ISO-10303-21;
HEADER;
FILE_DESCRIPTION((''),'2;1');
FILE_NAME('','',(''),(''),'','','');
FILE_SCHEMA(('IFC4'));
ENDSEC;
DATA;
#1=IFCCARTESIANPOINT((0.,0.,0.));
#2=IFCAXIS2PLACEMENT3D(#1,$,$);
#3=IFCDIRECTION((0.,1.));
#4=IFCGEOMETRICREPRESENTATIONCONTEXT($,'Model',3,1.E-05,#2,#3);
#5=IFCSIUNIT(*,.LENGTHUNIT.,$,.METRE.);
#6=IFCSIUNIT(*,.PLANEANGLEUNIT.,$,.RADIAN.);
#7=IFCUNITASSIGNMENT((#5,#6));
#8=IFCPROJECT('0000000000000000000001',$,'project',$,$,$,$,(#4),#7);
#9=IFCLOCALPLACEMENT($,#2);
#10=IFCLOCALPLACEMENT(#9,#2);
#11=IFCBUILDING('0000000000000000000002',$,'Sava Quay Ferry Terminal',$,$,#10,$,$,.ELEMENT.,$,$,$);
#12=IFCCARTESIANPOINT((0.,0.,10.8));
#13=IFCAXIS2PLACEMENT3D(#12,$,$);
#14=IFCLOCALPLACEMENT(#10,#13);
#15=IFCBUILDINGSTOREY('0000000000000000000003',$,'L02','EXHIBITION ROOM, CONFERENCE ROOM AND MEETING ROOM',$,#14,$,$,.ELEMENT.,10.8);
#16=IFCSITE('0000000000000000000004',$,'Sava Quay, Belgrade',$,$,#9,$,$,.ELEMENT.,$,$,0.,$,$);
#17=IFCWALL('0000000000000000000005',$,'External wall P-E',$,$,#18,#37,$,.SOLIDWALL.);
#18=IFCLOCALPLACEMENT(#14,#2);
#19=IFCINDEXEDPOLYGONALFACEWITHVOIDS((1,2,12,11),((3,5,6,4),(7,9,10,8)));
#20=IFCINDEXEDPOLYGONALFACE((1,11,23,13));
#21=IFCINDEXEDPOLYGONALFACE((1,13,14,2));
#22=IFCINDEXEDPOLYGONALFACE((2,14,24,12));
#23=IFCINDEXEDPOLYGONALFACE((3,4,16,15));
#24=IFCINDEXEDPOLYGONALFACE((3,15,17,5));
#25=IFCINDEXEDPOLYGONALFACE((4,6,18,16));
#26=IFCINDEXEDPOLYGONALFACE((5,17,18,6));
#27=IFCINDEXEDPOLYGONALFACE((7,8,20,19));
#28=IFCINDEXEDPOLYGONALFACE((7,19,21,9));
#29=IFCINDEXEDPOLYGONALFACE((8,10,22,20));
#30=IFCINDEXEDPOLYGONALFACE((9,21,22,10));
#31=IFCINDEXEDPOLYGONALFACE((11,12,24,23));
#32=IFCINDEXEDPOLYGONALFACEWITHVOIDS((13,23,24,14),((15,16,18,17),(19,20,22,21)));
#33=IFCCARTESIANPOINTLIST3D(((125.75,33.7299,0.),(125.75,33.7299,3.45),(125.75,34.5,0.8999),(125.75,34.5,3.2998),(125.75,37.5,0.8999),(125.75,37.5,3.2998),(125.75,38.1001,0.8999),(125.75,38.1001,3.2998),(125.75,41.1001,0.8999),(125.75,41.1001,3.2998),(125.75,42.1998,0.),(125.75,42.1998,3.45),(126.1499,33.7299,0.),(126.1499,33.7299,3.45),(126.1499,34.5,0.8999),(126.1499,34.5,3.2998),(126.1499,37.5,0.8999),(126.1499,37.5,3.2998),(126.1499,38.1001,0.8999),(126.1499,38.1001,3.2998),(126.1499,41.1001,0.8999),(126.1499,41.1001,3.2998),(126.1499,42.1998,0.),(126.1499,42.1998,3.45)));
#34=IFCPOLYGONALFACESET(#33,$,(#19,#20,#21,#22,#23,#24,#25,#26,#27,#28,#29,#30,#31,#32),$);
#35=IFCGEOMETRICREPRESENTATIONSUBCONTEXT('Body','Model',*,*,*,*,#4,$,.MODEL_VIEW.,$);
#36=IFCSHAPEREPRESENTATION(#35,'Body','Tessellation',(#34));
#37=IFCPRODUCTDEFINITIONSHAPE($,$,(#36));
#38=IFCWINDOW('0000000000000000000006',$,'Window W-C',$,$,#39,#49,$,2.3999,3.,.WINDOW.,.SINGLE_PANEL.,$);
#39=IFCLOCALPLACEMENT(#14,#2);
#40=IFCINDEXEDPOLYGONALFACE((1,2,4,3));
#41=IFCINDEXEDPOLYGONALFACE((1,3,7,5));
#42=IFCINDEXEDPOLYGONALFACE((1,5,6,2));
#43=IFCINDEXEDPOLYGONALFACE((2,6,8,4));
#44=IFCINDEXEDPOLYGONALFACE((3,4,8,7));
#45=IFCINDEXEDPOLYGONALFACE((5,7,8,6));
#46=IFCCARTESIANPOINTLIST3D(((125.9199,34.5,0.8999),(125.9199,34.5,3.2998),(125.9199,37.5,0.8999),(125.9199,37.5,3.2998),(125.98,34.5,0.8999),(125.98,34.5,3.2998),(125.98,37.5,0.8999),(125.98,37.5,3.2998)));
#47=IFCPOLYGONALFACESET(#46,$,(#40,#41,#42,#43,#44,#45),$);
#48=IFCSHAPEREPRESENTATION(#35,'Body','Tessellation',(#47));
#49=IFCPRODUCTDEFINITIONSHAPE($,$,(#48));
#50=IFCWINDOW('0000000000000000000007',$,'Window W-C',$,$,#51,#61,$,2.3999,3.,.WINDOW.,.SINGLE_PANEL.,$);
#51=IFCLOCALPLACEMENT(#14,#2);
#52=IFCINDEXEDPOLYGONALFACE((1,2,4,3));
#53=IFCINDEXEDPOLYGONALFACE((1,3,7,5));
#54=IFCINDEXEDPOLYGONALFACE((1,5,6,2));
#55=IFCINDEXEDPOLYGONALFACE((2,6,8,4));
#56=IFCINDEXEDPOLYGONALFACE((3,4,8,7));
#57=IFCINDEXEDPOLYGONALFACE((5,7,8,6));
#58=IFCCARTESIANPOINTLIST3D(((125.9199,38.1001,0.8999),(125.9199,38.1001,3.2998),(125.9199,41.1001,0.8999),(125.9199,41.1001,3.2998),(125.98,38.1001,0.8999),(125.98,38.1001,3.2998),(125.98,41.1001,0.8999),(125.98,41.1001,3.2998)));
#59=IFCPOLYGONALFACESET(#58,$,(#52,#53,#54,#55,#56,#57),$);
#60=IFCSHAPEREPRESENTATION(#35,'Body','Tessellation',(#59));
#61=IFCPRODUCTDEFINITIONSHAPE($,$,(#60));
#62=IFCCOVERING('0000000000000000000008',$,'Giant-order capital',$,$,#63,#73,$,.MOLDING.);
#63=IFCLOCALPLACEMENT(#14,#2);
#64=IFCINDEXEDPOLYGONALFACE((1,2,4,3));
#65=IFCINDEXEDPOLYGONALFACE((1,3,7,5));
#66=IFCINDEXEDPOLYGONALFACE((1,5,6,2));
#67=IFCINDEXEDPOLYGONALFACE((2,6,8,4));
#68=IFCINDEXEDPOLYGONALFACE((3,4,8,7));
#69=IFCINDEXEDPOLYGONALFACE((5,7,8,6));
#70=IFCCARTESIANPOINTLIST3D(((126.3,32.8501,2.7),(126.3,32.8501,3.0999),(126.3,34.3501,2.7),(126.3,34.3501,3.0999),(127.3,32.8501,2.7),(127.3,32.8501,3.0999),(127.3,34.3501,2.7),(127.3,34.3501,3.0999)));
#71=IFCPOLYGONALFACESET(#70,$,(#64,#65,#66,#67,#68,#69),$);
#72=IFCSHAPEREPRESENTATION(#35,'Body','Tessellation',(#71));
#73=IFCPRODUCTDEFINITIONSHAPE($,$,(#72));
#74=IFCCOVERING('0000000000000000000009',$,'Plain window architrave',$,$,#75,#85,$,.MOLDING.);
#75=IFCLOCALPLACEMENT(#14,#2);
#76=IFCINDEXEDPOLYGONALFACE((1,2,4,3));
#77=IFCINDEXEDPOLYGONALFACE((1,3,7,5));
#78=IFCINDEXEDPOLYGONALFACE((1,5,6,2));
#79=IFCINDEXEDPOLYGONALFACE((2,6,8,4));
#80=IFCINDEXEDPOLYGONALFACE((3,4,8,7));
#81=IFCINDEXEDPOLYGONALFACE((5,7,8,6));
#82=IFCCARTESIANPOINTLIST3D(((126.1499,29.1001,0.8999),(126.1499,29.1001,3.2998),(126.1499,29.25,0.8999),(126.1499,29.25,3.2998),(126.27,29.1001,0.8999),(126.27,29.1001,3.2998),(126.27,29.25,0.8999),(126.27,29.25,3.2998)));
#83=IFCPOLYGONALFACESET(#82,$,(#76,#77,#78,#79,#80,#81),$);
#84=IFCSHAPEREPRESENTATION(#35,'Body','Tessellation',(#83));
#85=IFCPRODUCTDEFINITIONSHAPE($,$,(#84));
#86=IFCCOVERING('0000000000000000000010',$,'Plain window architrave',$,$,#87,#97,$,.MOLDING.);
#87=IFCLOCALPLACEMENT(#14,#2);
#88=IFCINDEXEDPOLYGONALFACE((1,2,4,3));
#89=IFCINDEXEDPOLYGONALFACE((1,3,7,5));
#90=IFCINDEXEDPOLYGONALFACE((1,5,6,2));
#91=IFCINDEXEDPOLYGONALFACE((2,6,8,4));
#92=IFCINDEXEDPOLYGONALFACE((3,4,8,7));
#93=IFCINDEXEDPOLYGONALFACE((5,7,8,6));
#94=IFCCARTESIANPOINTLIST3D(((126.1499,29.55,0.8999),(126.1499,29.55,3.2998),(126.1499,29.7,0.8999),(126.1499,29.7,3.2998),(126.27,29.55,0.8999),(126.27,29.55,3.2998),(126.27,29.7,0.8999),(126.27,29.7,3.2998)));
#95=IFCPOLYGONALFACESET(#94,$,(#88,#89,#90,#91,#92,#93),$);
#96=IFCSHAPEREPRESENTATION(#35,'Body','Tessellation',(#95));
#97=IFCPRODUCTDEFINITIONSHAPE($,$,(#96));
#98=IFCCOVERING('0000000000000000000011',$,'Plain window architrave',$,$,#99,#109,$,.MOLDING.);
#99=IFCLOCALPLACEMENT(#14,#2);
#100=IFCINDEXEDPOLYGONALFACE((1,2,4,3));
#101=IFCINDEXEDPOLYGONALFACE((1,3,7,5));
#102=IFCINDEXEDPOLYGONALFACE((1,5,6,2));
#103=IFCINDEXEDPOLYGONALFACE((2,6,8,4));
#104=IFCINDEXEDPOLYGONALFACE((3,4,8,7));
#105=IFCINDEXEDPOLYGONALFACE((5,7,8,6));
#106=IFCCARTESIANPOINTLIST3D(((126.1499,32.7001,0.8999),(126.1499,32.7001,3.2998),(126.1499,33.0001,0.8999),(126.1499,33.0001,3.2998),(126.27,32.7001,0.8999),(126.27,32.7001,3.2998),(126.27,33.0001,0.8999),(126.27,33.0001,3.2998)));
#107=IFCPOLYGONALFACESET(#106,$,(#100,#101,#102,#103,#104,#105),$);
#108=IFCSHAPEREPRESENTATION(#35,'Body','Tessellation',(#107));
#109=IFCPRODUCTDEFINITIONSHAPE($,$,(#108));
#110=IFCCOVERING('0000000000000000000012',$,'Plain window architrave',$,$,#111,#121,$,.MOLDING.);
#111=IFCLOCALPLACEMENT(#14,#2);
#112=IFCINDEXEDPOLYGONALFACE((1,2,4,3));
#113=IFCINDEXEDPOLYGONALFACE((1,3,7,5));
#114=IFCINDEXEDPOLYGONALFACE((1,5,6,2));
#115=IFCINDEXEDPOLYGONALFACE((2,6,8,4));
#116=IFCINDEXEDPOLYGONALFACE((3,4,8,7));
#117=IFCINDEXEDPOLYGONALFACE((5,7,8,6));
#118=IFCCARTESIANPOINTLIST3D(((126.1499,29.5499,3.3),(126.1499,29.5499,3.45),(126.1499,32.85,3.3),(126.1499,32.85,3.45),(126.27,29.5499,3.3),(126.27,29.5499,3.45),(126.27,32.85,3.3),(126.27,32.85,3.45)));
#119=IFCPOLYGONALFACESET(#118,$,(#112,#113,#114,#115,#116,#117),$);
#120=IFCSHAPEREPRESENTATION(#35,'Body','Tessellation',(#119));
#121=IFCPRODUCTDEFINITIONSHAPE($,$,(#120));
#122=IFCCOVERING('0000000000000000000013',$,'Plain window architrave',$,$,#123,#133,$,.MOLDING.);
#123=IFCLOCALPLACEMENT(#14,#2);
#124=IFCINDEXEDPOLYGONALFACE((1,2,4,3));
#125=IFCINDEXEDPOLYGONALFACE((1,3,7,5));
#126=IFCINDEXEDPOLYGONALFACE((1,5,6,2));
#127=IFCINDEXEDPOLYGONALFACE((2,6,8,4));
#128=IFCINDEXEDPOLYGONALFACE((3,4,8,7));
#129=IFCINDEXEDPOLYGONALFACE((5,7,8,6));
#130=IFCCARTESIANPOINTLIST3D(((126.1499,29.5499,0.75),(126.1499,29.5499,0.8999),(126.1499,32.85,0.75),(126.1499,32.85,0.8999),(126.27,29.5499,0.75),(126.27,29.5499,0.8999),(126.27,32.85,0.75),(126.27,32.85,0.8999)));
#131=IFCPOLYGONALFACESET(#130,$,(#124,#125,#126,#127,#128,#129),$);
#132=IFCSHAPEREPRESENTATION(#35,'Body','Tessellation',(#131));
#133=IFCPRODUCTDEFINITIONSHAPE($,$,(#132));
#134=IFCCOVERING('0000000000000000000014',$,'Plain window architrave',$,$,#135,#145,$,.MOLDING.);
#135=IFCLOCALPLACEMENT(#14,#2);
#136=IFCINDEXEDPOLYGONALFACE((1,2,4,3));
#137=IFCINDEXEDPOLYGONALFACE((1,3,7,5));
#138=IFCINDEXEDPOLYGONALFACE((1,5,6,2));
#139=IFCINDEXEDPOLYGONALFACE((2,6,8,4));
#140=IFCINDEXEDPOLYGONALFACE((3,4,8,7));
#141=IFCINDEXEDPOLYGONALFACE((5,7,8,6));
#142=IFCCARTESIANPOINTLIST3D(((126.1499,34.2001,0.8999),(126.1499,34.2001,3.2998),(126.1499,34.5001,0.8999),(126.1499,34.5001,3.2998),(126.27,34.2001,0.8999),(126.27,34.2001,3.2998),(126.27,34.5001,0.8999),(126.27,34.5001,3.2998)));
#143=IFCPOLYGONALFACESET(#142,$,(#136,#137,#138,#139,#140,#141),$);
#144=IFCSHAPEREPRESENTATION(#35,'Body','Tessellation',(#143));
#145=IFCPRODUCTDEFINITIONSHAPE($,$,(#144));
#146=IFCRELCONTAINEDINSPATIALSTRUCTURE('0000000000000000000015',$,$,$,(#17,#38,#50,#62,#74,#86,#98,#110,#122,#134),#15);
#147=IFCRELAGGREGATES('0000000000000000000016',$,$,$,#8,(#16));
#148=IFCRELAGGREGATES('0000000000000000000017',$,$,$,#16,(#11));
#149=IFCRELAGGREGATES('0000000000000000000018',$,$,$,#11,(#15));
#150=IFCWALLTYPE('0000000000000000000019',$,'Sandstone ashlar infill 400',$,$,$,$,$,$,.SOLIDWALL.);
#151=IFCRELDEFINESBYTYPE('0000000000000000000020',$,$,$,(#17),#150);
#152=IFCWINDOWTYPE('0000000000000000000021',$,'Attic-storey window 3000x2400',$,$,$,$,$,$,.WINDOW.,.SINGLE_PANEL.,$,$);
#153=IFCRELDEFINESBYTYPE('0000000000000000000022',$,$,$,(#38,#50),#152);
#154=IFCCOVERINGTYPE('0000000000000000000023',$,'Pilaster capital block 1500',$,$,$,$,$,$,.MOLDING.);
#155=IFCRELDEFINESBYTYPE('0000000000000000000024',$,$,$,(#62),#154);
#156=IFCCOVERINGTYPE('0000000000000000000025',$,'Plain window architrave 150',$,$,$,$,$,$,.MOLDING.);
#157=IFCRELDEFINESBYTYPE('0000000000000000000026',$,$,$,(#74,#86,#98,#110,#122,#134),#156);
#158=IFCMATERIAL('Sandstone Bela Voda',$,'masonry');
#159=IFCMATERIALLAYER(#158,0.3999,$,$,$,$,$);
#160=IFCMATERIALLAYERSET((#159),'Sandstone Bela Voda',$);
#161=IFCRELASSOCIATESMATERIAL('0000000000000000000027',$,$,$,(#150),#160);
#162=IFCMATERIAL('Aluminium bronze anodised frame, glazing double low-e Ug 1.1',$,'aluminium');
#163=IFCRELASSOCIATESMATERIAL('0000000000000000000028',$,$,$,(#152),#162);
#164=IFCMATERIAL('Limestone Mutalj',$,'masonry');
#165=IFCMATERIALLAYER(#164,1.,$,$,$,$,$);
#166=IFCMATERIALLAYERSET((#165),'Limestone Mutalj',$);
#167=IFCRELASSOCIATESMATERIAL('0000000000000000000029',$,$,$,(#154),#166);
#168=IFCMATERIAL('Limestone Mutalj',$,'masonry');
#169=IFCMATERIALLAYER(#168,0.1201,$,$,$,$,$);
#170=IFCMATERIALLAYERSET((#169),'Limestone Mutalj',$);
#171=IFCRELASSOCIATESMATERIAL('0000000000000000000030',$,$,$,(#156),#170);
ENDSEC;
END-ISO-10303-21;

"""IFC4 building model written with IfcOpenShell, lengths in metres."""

from ifc_helpers import new_model, si_unit, direction, frame, frame_2d, origin, origin_2d, place, context, subcontext, project, spatial, rectangle, extrude, material, layer, layer_set, type_object, element, fill, save


model = new_model("IFC4")

# Units and contexts
model_context = context("Model", 3, precision=1e-05, world=origin(), true_north=direction((0.0, 1.0)))
body_context = subcontext(model_context, "Body", "Model", "MODEL_VIEW")
ifc_project = project(units=[si_unit("LENGTHUNIT", "METRE"), si_unit("PLANEANGLEUNIT", "RADIAN")], contexts=[model_context])

# Site, building, storey
site_placement = place(None, origin())
site = spatial("IfcSite", under=ifc_project, at=site_placement, Name="Sava Quay, Belgrade", CompositionType="ELEMENT", RefElevation=0.0)
building_placement = place(site_placement, origin())
building = spatial("IfcBuilding", under=site, at=building_placement, Name="Sava Quay Ferry Terminal", CompositionType="ELEMENT")
storey_placement = place(building_placement, frame((0.0, 0.0, 10.8)))
storey = spatial("IfcBuildingStorey", under=building, at=storey_placement, Name="L02", Description="EXHIBITION ROOM, CONFERENCE ROOM AND MEETING ROOM", CompositionType="ELEMENT", Elevation=10.8)

# Wall, openings, windows
ifc_material_1 = material(Name="Sandstone Bela Voda", Category="masonry")
ifc_layer_1 = layer(ifc_material_1, 0.3999)
ifc_layer_set_1 = layer_set([ifc_layer_1], Name="Sandstone Bela Voda")
wall_type_1 = type_object("IfcWallType", Name="Sandstone ashlar infill 400", PredefinedType="SOLIDWALL", material=ifc_layer_set_1)
wall_1_placement = place(storey_placement, frame((125.95, 33.73, 0.0), z_axis=(0.0, 0.0, 1.0), x_axis=(0.0, 1.0, 0.0)))
wall_1 = element("IfcWall", 1, at=wall_1_placement, inside=storey, type_object=wall_type_1, Name="External wall P-E", PredefinedType="SOLIDWALL", context=body_context, shape_type="SweptSolid", body=[
    extrude(rectangle(XDim=8.47, YDim=0.3999, at=frame_2d((4.2349, 0.0))), origin(), (0.0, 0.0, 1.0), 3.45),
])
opening_1_placement = place(wall_1_placement, frame((0.77, 0.0, 0.8999)))
opening_1 = element("IfcOpeningElement", 2, at=opening_1_placement, cuts=wall_1, PredefinedType="OPENING", context=body_context, shape_type="SweptSolid", body=[
    extrude(rectangle(XDim=3.0, YDim=2.3999, at=frame_2d((1.5, 1.2))), frame((0.0, 0.2, 0.0), z_axis=(0.0, -1.0, 0.0), x_axis=(1.0, 0.0, 0.0)), (0.0, 0.0, 1.0), 0.3999),
])
opening_2_placement = place(wall_1_placement, frame((4.3701, 0.0, 0.8999)))
opening_2 = element("IfcOpeningElement", 3, at=opening_2_placement, cuts=wall_1, PredefinedType="OPENING", context=body_context, shape_type="SweptSolid", body=[
    extrude(rectangle(XDim=3.0, YDim=2.3999, at=frame_2d((1.5, 1.2))), frame((0.0, 0.2, 0.0), z_axis=(0.0, -1.0, 0.0), x_axis=(1.0, 0.0, 0.0)), (0.0, 0.0, 1.0), 0.3999),
])
ifc_material_2 = material(Name="Aluminium bronze anodised frame, glazing double low-e Ug 1.1", Category="aluminium")
window_type = type_object("IfcWindowType", Name="Attic-storey window 3000x2400", PartitioningType="SINGLE_PANEL", PredefinedType="WINDOW", material=ifc_material_2)
window_1_placement = place(opening_1_placement, origin())
window_1 = element("IfcWindow", 4, at=window_1_placement, inside=storey, type_object=window_type, Name="Window W-C", OverallHeight=2.3999, OverallWidth=3.0, PartitioningType="SINGLE_PANEL", PredefinedType="WINDOW", context=body_context, shape_type="SweptSolid", body=[
    extrude(rectangle(XDim=3.0, YDim=2.3999, at=frame_2d((1.5, 1.2))), frame((0.0, 0.03, 0.0), z_axis=(0.0, -1.0, 0.0), x_axis=(1.0, 0.0, 0.0)), (0.0, 0.0, 1.0), 0.0601),
])
fill(opening_1, window_1)
window_2_placement = place(opening_2_placement, origin())
window_2 = element("IfcWindow", 5, at=window_2_placement, inside=storey, type_object=window_type, Name="Window W-C", OverallHeight=2.3999, OverallWidth=3.0, PartitioningType="SINGLE_PANEL", PredefinedType="WINDOW", context=body_context, shape_type="SweptSolid", body=[
    extrude(rectangle(XDim=3.0, YDim=2.3999, at=frame_2d((1.5, 1.2))), frame((0.0, 0.03, 0.0), z_axis=(0.0, -1.0, 0.0), x_axis=(1.0, 0.0, 0.0)), (0.0, 0.0, 1.0), 0.0601),
])
fill(opening_2, window_2)

# Coverings
ifc_material_3 = material(Name="Limestone Mutalj", Category="masonry")
ifc_layer_2 = layer(ifc_material_3, 1.0)
ifc_layer_set_2 = layer_set([ifc_layer_2], Name="Limestone Mutalj")
covering_type_1 = type_object("IfcCoveringType", Name="Pilaster capital block 1500", PredefinedType="MOLDING", material=ifc_layer_set_2)
covering_1_placement = place(storey_placement, frame((126.8, 33.6001, 2.7), z_axis=(0.0, 0.0, 1.0), x_axis=(1.0, 0.0, 0.0)))
element("IfcCovering", 6, at=covering_1_placement, inside=storey, type_object=covering_type_1, Name="Giant-order capital", PredefinedType="MOLDING", context=body_context, shape_type="SweptSolid", body=[
    extrude(rectangle(XDim=1.0, YDim=1.5, at=origin_2d()), origin(), (0.0, 0.0, 1.0), 0.3999),
])
ifc_material_4 = material(Name="Limestone Mutalj", Category="masonry")
ifc_layer_3 = layer(ifc_material_4, 0.1201)
ifc_layer_set_3 = layer_set([ifc_layer_3], Name="Limestone Mutalj")
covering_type_2 = type_object("IfcCoveringType", Name="Plain window architrave 150", PredefinedType="MOLDING", material=ifc_layer_set_3)
for number, where, z_axis, x_axis, name in (
    (7, (126.21, 29.175, 0.8999), (0.0, 0.0, 1.0), (1.0, 0.0, 0.0), "Plain window architrave"),
    (8, (126.21, 29.625, 0.8999), (0.0, 0.0, 1.0), (1.0, 0.0, 0.0), "Plain window architrave"),
):
    element("IfcCovering", number, at=place(storey_placement, frame(where, z_axis=z_axis, x_axis=x_axis)), inside=storey, type_object=covering_type_2, Name=name, PredefinedType="MOLDING", context=body_context, shape_type="SweptSolid", body=[
        extrude(rectangle(XDim=0.1201, YDim=0.1499, at=origin_2d()), origin(), (0.0, 0.0, 1.0), 2.3999),
    ])
covering_2_placement = place(storey_placement, frame((126.21, 32.8501, 0.8999), z_axis=(0.0, 0.0, 1.0), x_axis=(1.0, 0.0, 0.0)))
element("IfcCovering", 9, at=covering_2_placement, inside=storey, type_object=covering_type_2, Name="Plain window architrave", PredefinedType="MOLDING", context=body_context, shape_type="SweptSolid", body=[
    extrude(rectangle(XDim=0.1201, YDim=0.3, at=origin_2d()), origin(), (0.0, 0.0, 1.0), 2.3999),
])
for number, where, z_axis, x_axis, name in (
    (10, (126.21, 31.2, 3.3), (0.0, 0.0, 1.0), (1.0, 0.0, 0.0), "Plain window architrave"),
    (11, (126.21, 31.2, 0.75), (0.0, 0.0, 1.0), (1.0, 0.0, 0.0), "Plain window architrave"),
):
    element("IfcCovering", number, at=place(storey_placement, frame(where, z_axis=z_axis, x_axis=x_axis)), inside=storey, type_object=covering_type_2, Name=name, PredefinedType="MOLDING", context=body_context, shape_type="SweptSolid", body=[
        extrude(rectangle(XDim=0.1201, YDim=3.3, at=origin_2d()), origin(), (0.0, 0.0, 1.0), 0.1499),
    ])
covering_3_placement = place(storey_placement, frame((126.21, 34.3501, 0.8999), z_axis=(0.0, 0.0, 1.0), x_axis=(1.0, 0.0, 0.0)))
element("IfcCovering", 12, at=covering_3_placement, inside=storey, type_object=covering_type_2, Name="Plain window architrave", PredefinedType="MOLDING", context=body_context, shape_type="SweptSolid", body=[
    extrude(rectangle(XDim=0.1201, YDim=0.3, at=origin_2d()), origin(), (0.0, 0.0, 1.0), 2.3999),
])

save(model, "model.ifc")
